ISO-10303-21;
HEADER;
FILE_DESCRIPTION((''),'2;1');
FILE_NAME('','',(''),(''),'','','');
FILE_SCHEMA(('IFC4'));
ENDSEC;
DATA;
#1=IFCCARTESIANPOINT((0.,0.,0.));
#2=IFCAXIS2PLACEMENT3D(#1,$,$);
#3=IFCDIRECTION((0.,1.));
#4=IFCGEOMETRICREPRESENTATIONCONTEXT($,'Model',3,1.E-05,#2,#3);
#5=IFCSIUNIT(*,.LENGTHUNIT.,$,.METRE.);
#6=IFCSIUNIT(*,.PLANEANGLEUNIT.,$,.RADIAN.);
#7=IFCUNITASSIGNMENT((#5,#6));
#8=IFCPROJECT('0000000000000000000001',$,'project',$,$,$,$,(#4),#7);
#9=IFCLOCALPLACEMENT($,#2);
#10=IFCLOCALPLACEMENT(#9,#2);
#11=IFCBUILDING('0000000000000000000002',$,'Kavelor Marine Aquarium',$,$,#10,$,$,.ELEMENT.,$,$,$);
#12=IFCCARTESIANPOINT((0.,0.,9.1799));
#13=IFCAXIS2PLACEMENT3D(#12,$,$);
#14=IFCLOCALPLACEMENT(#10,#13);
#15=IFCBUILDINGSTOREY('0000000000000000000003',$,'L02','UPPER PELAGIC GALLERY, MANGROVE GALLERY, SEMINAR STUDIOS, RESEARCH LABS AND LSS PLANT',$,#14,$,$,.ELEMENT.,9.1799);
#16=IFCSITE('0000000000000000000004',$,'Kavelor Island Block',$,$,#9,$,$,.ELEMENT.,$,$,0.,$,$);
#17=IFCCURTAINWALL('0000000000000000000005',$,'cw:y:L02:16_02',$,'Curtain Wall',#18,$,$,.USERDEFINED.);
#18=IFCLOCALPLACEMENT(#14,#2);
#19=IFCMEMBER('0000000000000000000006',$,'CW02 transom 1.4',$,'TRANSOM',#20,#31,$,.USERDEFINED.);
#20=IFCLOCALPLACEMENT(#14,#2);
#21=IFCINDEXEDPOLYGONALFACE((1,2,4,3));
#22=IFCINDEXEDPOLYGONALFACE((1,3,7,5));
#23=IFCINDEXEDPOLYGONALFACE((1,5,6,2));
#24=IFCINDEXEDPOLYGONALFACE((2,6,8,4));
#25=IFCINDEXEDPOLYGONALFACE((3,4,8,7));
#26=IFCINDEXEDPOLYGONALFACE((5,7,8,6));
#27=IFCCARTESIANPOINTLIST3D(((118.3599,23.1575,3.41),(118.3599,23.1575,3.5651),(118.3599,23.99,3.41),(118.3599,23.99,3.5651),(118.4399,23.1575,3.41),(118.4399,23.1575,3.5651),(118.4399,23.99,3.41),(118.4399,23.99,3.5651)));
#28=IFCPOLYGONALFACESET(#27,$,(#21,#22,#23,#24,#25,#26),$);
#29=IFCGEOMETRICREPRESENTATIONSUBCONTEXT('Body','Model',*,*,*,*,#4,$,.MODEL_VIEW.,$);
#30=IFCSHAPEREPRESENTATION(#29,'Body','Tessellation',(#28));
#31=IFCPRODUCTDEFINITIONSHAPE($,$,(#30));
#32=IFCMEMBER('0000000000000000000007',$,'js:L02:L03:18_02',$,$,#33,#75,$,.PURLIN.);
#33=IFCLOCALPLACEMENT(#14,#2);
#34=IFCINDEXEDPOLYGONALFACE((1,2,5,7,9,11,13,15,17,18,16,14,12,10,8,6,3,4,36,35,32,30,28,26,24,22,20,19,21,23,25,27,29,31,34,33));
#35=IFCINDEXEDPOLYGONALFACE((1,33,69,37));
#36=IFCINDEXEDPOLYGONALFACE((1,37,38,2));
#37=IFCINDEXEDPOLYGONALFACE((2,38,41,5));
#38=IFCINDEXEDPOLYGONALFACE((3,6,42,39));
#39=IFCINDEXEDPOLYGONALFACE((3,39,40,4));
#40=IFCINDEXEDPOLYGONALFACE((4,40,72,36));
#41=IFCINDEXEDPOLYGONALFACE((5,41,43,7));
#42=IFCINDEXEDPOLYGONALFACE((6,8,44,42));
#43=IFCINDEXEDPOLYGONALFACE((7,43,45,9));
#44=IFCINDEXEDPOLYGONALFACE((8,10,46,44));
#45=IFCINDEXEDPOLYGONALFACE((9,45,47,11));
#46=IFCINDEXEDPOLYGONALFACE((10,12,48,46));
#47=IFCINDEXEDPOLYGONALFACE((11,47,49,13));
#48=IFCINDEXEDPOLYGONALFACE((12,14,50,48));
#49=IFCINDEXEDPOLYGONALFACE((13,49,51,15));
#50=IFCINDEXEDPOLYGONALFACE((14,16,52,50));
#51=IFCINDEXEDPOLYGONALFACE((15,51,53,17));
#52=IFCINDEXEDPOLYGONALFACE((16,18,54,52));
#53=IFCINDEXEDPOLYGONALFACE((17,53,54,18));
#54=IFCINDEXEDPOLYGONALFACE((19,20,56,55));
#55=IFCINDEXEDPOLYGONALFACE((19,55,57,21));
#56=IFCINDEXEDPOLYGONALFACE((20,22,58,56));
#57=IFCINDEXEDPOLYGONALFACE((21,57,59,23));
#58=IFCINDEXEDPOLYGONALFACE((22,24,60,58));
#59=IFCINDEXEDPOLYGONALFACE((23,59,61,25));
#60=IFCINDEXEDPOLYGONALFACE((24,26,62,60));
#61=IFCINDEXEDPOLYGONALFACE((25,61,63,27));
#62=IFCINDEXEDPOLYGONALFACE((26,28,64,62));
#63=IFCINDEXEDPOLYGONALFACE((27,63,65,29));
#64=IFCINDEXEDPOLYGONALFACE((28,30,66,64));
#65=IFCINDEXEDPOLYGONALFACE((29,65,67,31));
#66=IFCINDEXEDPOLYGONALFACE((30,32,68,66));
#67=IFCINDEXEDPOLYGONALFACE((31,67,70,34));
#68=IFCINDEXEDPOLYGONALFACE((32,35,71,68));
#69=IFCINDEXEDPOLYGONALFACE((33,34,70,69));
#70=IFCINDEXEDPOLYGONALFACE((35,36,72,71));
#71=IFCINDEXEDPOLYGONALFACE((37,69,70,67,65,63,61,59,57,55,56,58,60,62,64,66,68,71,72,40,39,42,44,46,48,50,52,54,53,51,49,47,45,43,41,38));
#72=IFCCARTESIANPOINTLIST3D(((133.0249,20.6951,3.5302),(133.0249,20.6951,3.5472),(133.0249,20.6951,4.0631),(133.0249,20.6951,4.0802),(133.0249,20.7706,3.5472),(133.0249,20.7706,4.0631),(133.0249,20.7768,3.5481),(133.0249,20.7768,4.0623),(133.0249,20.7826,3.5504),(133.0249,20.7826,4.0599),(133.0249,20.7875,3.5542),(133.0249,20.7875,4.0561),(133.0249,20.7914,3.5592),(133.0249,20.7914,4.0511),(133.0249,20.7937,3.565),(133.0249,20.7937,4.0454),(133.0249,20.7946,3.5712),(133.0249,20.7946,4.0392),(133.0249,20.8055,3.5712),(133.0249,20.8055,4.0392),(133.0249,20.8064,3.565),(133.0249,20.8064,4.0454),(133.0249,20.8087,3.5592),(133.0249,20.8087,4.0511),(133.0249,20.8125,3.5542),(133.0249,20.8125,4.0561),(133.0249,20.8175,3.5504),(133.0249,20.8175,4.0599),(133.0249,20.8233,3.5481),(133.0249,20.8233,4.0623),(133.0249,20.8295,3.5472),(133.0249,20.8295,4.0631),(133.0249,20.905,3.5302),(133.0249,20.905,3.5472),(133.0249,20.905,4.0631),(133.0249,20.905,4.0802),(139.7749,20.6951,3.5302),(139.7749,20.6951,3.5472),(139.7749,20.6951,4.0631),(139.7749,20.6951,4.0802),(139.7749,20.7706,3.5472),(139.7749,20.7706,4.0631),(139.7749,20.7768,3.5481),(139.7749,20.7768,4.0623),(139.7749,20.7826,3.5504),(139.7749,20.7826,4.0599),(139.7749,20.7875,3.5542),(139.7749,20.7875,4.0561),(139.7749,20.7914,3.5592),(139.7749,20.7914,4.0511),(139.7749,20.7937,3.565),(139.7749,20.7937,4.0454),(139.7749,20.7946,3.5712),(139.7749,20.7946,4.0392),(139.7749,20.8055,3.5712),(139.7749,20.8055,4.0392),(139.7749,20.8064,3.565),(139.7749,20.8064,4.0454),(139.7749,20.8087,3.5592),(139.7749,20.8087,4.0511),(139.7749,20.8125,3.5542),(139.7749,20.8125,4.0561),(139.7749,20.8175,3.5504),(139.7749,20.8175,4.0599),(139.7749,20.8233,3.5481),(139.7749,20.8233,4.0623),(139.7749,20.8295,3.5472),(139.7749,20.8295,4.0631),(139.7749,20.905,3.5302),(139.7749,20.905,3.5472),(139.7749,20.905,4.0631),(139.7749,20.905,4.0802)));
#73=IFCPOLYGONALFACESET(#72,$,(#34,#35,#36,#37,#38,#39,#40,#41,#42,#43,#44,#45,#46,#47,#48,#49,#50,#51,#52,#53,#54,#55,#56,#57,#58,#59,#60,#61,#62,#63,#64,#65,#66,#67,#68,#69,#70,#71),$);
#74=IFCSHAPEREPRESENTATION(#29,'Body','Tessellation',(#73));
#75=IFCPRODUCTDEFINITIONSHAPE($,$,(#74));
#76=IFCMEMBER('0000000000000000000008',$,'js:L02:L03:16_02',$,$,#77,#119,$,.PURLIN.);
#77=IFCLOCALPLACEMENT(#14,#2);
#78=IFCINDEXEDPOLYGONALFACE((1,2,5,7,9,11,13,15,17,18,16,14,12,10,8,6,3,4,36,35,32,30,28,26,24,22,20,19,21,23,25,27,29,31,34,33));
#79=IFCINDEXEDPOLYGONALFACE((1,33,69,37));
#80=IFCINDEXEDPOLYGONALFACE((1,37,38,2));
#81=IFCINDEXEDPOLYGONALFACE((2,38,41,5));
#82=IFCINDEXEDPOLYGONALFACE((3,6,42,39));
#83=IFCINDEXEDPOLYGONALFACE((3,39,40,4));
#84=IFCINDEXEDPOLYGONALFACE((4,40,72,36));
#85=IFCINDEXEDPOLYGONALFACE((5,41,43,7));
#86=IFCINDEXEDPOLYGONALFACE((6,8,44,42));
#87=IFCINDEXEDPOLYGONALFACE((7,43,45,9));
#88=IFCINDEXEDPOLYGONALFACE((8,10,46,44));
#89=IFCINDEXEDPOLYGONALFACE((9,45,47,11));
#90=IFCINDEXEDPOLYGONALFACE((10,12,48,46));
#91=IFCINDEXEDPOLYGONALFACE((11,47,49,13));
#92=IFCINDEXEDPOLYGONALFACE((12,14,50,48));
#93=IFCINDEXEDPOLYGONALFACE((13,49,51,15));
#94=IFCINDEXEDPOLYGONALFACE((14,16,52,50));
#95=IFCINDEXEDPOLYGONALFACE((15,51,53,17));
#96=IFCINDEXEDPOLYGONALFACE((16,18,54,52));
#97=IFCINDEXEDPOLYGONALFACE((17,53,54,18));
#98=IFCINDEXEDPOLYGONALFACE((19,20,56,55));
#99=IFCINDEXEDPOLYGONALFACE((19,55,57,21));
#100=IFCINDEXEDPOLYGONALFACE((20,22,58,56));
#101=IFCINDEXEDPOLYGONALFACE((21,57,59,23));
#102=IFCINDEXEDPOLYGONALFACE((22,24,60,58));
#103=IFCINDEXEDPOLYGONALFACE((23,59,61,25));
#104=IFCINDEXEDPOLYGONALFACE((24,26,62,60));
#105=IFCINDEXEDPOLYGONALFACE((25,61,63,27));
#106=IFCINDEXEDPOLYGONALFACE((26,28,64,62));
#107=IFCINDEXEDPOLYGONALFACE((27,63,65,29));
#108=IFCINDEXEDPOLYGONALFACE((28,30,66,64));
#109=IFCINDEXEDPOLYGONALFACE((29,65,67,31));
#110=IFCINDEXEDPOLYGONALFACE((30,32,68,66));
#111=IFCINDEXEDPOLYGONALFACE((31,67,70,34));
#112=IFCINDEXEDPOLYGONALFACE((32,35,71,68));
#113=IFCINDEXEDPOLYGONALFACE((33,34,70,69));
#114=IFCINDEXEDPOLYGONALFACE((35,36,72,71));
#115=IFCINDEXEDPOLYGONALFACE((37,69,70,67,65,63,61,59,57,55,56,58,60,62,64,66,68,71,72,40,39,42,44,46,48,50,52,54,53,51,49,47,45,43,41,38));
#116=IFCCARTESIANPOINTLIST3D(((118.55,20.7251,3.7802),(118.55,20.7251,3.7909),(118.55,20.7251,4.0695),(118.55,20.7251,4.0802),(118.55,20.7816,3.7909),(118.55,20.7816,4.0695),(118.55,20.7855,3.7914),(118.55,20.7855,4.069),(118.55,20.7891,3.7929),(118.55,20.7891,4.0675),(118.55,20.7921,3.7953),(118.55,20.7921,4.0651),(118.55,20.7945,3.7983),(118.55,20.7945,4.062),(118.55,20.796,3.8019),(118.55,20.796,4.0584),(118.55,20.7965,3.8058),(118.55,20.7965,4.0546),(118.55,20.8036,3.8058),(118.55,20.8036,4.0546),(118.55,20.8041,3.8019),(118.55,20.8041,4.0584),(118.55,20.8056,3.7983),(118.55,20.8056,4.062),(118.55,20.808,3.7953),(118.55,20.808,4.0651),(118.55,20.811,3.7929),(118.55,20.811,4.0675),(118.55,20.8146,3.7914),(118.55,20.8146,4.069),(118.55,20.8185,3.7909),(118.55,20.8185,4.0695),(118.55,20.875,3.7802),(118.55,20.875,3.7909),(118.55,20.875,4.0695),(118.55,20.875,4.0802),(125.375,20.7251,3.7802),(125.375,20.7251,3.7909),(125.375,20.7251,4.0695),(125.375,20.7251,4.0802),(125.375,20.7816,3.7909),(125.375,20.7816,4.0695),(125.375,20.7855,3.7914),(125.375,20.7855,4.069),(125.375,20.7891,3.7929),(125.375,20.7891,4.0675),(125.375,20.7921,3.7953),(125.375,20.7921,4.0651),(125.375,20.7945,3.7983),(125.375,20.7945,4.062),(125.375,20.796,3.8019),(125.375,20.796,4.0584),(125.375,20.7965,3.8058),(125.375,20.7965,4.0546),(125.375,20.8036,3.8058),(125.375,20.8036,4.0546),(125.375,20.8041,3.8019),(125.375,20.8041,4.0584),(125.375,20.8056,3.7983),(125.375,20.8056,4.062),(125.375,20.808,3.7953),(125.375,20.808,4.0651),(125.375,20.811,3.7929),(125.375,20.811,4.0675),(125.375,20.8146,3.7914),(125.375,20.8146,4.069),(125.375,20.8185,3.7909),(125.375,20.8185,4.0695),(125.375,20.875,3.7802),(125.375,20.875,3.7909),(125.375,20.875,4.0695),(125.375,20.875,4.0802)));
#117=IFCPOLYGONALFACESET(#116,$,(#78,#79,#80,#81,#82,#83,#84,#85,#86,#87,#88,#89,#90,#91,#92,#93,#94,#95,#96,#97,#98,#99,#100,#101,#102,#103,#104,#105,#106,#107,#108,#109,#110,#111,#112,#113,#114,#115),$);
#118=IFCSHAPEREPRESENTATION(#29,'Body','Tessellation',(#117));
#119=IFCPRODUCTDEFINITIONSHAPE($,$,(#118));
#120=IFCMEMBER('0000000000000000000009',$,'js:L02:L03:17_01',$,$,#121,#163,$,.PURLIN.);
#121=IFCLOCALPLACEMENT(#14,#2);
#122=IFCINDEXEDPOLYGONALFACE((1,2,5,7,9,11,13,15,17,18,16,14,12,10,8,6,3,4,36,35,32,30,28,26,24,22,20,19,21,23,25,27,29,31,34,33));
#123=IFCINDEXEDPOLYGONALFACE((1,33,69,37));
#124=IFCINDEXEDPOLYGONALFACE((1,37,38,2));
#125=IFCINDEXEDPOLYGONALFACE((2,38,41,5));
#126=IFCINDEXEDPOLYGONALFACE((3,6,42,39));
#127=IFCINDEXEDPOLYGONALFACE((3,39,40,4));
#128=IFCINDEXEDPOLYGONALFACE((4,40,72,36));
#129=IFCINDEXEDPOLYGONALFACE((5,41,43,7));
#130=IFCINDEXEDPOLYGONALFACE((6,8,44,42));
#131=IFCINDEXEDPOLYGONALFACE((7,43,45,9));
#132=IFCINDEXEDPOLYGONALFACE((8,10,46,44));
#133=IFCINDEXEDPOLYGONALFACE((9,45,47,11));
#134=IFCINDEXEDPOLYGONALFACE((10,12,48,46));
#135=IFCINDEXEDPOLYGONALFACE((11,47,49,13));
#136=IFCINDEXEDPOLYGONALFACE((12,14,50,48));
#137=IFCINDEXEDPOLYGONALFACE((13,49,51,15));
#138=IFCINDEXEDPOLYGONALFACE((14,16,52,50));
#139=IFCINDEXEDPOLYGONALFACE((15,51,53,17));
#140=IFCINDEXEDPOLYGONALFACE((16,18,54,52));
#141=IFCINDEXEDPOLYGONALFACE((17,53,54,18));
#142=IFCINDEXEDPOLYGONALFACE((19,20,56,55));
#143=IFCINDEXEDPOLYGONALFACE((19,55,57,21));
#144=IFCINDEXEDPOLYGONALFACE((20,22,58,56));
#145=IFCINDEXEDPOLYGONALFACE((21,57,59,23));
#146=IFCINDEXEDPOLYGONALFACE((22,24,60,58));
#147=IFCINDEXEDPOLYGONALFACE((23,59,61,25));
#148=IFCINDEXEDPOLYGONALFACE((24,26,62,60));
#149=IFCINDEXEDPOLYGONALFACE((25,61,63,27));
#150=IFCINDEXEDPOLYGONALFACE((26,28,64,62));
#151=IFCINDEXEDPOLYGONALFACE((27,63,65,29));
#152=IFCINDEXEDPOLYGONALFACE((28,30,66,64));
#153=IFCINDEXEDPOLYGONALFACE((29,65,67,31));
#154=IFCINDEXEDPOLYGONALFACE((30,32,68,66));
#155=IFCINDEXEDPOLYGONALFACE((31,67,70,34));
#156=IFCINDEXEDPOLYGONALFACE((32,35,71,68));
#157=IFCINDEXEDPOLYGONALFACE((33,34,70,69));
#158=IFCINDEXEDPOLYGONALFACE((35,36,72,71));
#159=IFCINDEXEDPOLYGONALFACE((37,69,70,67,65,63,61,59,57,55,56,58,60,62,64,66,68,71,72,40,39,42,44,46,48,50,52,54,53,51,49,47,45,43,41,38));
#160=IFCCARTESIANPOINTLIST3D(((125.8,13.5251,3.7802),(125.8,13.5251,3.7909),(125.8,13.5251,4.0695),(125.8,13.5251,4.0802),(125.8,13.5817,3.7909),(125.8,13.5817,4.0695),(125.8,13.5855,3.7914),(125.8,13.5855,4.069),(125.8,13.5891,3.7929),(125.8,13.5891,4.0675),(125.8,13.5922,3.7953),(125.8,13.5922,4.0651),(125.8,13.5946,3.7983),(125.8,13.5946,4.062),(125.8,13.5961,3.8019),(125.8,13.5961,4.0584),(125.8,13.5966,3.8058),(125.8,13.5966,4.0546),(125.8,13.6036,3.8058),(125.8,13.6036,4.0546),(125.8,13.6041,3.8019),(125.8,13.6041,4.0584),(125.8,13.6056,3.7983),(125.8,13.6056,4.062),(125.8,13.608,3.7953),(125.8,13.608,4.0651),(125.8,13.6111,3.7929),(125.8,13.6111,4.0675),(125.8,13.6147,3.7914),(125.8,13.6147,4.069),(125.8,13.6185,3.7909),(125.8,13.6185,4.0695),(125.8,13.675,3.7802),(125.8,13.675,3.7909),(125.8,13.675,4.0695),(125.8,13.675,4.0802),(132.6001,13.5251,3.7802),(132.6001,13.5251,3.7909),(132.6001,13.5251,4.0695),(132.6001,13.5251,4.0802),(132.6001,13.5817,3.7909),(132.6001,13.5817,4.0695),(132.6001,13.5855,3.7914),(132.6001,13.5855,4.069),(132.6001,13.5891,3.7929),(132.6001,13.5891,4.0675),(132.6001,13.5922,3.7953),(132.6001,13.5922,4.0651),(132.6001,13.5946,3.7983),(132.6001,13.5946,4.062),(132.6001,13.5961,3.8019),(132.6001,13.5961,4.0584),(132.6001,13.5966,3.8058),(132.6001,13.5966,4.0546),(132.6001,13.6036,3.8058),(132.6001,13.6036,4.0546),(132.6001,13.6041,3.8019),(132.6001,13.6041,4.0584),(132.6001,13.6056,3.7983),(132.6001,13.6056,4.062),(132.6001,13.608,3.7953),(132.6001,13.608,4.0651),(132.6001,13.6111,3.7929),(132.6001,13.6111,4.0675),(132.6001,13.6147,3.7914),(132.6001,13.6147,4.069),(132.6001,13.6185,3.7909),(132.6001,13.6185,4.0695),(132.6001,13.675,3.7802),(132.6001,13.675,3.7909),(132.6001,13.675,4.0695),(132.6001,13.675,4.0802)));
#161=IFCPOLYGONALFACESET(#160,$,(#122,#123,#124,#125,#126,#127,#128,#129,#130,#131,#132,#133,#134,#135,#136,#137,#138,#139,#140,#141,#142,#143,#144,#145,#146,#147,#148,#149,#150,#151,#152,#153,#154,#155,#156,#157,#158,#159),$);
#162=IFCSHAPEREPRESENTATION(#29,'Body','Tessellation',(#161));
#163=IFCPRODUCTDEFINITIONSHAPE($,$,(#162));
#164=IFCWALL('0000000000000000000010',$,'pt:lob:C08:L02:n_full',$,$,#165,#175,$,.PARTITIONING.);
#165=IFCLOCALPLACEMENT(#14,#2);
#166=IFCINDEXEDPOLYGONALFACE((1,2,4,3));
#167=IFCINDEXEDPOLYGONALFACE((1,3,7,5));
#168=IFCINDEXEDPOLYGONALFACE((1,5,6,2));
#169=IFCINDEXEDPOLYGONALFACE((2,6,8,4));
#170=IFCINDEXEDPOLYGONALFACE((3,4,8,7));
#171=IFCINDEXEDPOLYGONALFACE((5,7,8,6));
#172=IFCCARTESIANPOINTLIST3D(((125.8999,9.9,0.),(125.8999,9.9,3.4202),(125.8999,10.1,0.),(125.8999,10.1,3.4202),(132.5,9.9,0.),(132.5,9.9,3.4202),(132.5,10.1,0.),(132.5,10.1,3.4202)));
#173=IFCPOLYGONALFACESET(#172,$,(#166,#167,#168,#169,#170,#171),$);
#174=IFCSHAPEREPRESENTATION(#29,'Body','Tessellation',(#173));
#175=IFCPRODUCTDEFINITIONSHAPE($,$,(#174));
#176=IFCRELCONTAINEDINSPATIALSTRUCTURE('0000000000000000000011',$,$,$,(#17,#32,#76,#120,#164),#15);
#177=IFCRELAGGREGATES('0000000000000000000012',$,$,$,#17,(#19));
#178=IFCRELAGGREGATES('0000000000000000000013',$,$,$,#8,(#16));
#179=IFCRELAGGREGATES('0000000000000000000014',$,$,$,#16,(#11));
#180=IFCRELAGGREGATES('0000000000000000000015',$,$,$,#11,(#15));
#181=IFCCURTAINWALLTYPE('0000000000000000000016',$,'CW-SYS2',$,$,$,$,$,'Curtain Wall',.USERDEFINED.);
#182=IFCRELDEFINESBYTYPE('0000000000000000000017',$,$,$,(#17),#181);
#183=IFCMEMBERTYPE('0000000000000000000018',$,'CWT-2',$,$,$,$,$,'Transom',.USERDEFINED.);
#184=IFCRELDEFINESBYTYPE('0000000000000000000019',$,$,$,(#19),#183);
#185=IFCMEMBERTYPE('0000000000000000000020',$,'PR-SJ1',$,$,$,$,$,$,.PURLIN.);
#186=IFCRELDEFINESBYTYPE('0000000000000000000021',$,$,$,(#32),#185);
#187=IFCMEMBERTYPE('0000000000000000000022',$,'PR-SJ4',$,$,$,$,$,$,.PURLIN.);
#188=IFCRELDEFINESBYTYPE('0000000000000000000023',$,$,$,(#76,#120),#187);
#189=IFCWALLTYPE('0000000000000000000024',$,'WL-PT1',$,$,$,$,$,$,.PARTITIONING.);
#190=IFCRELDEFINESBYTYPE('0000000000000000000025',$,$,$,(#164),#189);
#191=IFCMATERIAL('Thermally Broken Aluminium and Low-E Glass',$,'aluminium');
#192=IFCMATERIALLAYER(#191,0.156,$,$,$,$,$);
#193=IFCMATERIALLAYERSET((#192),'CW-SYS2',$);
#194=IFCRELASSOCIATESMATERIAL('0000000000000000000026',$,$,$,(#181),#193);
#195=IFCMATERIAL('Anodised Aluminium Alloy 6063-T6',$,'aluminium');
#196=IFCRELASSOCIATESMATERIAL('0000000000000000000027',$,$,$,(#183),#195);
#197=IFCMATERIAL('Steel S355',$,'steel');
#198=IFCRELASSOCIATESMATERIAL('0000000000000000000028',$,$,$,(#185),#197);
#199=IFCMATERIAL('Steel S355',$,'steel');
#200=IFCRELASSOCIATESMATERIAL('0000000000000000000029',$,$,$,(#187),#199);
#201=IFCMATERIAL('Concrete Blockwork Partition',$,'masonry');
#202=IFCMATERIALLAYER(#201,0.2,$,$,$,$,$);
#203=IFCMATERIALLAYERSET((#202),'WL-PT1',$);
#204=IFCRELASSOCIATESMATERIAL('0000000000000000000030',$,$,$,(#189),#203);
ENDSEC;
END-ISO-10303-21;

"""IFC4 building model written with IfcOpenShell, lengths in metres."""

from ifc_helpers import new_model, si_unit, direction, frame, frame_2d, origin, origin_2d, place, context, subcontext, project, spatial, rectangle, i_section, extrude, material, layer, layer_set, material_profile, profile_set, type_object, element, aggregate, save


model = new_model("IFC4")

# Units and contexts
model_context = context("Model", 3, precision=1e-05, world=origin(), true_north=direction((0.0, 1.0)))
body_context = subcontext(model_context, "Body", "Model", "MODEL_VIEW")
ifc_project = project(units=[si_unit("LENGTHUNIT", "METRE"), si_unit("PLANEANGLEUNIT", "RADIAN")], contexts=[model_context])

# Site, building, storey
site_placement = place(None, origin())
site = spatial("IfcSite", under=ifc_project, at=site_placement, Name="Kavelor Island Block", CompositionType="ELEMENT", RefElevation=0.0)
building_placement = place(site_placement, origin())
building = spatial("IfcBuilding", under=site, at=building_placement, Name="Kavelor Marine Aquarium", CompositionType="ELEMENT")
storey_placement = place(building_placement, frame((0.0, 0.0, 9.1799)))
storey = spatial("IfcBuildingStorey", under=building, at=storey_placement, Name="L02", Description="UPPER PELAGIC GALLERY, MANGROVE GALLERY, SEMINAR STUDIOS, RESEARCH LABS AND LSS PLANT", CompositionType="ELEMENT", Elevation=9.1799)

# Curtain wall, member
ifc_material_1 = material(Name="Thermally Broken Aluminium and Low-E Glass", Category="aluminium")
ifc_layer_1 = layer(ifc_material_1, 0.156)
ifc_layer_set_1 = layer_set([ifc_layer_1], Name="CW-SYS2")
curtain_wall_type = type_object("IfcCurtainWallType", Name="CW-SYS2", ElementType="Curtain Wall", PredefinedType="USERDEFINED", material=ifc_layer_set_1)
curtain_wall_placement = place(storey_placement, origin())
curtain_wall = element("IfcCurtainWall", 1, at=curtain_wall_placement, inside=storey, type_object=curtain_wall_type, Name="cw:y:L02:16_02", ObjectType="Curtain Wall", PredefinedType="USERDEFINED")
ifc_material_2 = material(Name="Anodised Aluminium Alloy 6063-T6", Category="aluminium")
ifc_material_profile_1 = material_profile(ifc_material_2, rectangle(XDim=0.0801, YDim=0.155, at=origin_2d()), Name="CW-TRN 80x155")
ifc_profile_set_1 = profile_set([ifc_material_profile_1], Name="Anodised Aluminium Alloy 6063-T6")
member_type_1 = type_object("IfcMemberType", Name="CWT-2", ElementType="Transom", PredefinedType="USERDEFINED", material=ifc_profile_set_1)
member_1_placement = place(storey_placement, frame((118.3999, 23.99, 3.4875), z_axis=(0.0, -1.0, 0.0), x_axis=(1.0, 0.0, 0.0)))
member_1 = element("IfcMember", 2, at=member_1_placement, type_object=member_type_1, Name="CW02 transom 1.4", ObjectType="TRANSOM", PredefinedType="USERDEFINED", context=body_context, shape_type="SweptSolid", body=[
    extrude(rectangle(XDim=0.0801, YDim=0.155, at=origin_2d()), origin(), (0.0, 0.0, 1.0), 0.8325),
])
aggregate(curtain_wall, [member_1])

# Members
ifc_material_3 = material(Name="Steel S355", Category="steel")
ifc_material_profile_2 = material_profile(ifc_material_3, i_section(OverallWidth=0.21, OverallDepth=0.55, WebThickness=0.011, FlangeThickness=0.0171, FilletRadius=0.0239, at=origin_2d()), Name="IPE 550")
ifc_profile_set_2 = profile_set([ifc_material_profile_2], Name="Steel S355")
member_type_2 = type_object("IfcMemberType", Name="PR-SJ1", PredefinedType="PURLIN", material=ifc_profile_set_2)
member_2_placement = place(storey_placement, frame((133.0249, 20.8, 3.8052), z_axis=(1.0, 0.0, 0.0), x_axis=(0.0, 1.0, 0.0)))
element("IfcMember", 3, at=member_2_placement, inside=storey, type_object=member_type_2, Name="js:L02:L03:18_02", PredefinedType="PURLIN", context=body_context, shape_type="SweptSolid", body=[
    extrude(i_section(OverallWidth=0.21, OverallDepth=0.55, WebThickness=0.011, FlangeThickness=0.0171, FilletRadius=0.0239, at=origin_2d()), origin(), (0.0, 0.0, 1.0), 6.75),
])
ifc_material_4 = material(Name="Steel S355", Category="steel")
ifc_material_profile_3 = material_profile(ifc_material_4, i_section(OverallWidth=0.1499, OverallDepth=0.3, WebThickness=0.0071, FlangeThickness=0.0107, FilletRadius=0.0149, at=origin_2d()), Name="IPE 300")
ifc_profile_set_3 = profile_set([ifc_material_profile_3], Name="Steel S355")
member_type_3 = type_object("IfcMemberType", Name="PR-SJ4", PredefinedType="PURLIN", material=ifc_profile_set_3)
member_3_placement = place(storey_placement, frame((118.55, 20.8, 3.9302), z_axis=(1.0, 0.0, 0.0), x_axis=(0.0, 1.0, 0.0)))
element("IfcMember", 4, at=member_3_placement, inside=storey, type_object=member_type_3, Name="js:L02:L03:16_02", PredefinedType="PURLIN", context=body_context, shape_type="SweptSolid", body=[
    extrude(i_section(OverallWidth=0.1499, OverallDepth=0.3, WebThickness=0.0071, FlangeThickness=0.0107, FilletRadius=0.0149, at=origin_2d()), origin(), (0.0, 0.0, 1.0), 6.825),
])
member_4_placement = place(storey_placement, frame((125.8, 13.6001, 3.9302), z_axis=(1.0, 0.0, 0.0), x_axis=(0.0, 1.0, 0.0)))
element("IfcMember", 5, at=member_4_placement, inside=storey, type_object=member_type_3, Name="js:L02:L03:17_01", PredefinedType="PURLIN", context=body_context, shape_type="SweptSolid", body=[
    extrude(i_section(OverallWidth=0.1499, OverallDepth=0.3, WebThickness=0.0071, FlangeThickness=0.0107, FilletRadius=0.0149, at=origin_2d()), origin(), (0.0, 0.0, 1.0), 6.8),
])

# Wall
ifc_material_5 = material(Name="Concrete Blockwork Partition", Category="masonry")
ifc_layer_2 = layer(ifc_material_5, 0.2)
ifc_layer_set_2 = layer_set([ifc_layer_2], Name="WL-PT1")
wall_type_1 = type_object("IfcWallType", Name="WL-PT1", PredefinedType="PARTITIONING", material=ifc_layer_set_2)
wall_1_placement = place(storey_placement, frame((125.8999, 10.0, 0.0), z_axis=(0.0, 0.0, 1.0), x_axis=(1.0, 0.0, 0.0)))
element("IfcWall", 6, at=wall_1_placement, inside=storey, type_object=wall_type_1, Name="pt:lob:C08:L02:n_full", PredefinedType="PARTITIONING", context=body_context, shape_type="SweptSolid", body=[
    extrude(rectangle(XDim=6.6001, YDim=0.2, at=frame_2d((3.3, 0.0))), origin(), (0.0, 0.0, 1.0), 3.4202),
])

save(model, "model.ifc")
